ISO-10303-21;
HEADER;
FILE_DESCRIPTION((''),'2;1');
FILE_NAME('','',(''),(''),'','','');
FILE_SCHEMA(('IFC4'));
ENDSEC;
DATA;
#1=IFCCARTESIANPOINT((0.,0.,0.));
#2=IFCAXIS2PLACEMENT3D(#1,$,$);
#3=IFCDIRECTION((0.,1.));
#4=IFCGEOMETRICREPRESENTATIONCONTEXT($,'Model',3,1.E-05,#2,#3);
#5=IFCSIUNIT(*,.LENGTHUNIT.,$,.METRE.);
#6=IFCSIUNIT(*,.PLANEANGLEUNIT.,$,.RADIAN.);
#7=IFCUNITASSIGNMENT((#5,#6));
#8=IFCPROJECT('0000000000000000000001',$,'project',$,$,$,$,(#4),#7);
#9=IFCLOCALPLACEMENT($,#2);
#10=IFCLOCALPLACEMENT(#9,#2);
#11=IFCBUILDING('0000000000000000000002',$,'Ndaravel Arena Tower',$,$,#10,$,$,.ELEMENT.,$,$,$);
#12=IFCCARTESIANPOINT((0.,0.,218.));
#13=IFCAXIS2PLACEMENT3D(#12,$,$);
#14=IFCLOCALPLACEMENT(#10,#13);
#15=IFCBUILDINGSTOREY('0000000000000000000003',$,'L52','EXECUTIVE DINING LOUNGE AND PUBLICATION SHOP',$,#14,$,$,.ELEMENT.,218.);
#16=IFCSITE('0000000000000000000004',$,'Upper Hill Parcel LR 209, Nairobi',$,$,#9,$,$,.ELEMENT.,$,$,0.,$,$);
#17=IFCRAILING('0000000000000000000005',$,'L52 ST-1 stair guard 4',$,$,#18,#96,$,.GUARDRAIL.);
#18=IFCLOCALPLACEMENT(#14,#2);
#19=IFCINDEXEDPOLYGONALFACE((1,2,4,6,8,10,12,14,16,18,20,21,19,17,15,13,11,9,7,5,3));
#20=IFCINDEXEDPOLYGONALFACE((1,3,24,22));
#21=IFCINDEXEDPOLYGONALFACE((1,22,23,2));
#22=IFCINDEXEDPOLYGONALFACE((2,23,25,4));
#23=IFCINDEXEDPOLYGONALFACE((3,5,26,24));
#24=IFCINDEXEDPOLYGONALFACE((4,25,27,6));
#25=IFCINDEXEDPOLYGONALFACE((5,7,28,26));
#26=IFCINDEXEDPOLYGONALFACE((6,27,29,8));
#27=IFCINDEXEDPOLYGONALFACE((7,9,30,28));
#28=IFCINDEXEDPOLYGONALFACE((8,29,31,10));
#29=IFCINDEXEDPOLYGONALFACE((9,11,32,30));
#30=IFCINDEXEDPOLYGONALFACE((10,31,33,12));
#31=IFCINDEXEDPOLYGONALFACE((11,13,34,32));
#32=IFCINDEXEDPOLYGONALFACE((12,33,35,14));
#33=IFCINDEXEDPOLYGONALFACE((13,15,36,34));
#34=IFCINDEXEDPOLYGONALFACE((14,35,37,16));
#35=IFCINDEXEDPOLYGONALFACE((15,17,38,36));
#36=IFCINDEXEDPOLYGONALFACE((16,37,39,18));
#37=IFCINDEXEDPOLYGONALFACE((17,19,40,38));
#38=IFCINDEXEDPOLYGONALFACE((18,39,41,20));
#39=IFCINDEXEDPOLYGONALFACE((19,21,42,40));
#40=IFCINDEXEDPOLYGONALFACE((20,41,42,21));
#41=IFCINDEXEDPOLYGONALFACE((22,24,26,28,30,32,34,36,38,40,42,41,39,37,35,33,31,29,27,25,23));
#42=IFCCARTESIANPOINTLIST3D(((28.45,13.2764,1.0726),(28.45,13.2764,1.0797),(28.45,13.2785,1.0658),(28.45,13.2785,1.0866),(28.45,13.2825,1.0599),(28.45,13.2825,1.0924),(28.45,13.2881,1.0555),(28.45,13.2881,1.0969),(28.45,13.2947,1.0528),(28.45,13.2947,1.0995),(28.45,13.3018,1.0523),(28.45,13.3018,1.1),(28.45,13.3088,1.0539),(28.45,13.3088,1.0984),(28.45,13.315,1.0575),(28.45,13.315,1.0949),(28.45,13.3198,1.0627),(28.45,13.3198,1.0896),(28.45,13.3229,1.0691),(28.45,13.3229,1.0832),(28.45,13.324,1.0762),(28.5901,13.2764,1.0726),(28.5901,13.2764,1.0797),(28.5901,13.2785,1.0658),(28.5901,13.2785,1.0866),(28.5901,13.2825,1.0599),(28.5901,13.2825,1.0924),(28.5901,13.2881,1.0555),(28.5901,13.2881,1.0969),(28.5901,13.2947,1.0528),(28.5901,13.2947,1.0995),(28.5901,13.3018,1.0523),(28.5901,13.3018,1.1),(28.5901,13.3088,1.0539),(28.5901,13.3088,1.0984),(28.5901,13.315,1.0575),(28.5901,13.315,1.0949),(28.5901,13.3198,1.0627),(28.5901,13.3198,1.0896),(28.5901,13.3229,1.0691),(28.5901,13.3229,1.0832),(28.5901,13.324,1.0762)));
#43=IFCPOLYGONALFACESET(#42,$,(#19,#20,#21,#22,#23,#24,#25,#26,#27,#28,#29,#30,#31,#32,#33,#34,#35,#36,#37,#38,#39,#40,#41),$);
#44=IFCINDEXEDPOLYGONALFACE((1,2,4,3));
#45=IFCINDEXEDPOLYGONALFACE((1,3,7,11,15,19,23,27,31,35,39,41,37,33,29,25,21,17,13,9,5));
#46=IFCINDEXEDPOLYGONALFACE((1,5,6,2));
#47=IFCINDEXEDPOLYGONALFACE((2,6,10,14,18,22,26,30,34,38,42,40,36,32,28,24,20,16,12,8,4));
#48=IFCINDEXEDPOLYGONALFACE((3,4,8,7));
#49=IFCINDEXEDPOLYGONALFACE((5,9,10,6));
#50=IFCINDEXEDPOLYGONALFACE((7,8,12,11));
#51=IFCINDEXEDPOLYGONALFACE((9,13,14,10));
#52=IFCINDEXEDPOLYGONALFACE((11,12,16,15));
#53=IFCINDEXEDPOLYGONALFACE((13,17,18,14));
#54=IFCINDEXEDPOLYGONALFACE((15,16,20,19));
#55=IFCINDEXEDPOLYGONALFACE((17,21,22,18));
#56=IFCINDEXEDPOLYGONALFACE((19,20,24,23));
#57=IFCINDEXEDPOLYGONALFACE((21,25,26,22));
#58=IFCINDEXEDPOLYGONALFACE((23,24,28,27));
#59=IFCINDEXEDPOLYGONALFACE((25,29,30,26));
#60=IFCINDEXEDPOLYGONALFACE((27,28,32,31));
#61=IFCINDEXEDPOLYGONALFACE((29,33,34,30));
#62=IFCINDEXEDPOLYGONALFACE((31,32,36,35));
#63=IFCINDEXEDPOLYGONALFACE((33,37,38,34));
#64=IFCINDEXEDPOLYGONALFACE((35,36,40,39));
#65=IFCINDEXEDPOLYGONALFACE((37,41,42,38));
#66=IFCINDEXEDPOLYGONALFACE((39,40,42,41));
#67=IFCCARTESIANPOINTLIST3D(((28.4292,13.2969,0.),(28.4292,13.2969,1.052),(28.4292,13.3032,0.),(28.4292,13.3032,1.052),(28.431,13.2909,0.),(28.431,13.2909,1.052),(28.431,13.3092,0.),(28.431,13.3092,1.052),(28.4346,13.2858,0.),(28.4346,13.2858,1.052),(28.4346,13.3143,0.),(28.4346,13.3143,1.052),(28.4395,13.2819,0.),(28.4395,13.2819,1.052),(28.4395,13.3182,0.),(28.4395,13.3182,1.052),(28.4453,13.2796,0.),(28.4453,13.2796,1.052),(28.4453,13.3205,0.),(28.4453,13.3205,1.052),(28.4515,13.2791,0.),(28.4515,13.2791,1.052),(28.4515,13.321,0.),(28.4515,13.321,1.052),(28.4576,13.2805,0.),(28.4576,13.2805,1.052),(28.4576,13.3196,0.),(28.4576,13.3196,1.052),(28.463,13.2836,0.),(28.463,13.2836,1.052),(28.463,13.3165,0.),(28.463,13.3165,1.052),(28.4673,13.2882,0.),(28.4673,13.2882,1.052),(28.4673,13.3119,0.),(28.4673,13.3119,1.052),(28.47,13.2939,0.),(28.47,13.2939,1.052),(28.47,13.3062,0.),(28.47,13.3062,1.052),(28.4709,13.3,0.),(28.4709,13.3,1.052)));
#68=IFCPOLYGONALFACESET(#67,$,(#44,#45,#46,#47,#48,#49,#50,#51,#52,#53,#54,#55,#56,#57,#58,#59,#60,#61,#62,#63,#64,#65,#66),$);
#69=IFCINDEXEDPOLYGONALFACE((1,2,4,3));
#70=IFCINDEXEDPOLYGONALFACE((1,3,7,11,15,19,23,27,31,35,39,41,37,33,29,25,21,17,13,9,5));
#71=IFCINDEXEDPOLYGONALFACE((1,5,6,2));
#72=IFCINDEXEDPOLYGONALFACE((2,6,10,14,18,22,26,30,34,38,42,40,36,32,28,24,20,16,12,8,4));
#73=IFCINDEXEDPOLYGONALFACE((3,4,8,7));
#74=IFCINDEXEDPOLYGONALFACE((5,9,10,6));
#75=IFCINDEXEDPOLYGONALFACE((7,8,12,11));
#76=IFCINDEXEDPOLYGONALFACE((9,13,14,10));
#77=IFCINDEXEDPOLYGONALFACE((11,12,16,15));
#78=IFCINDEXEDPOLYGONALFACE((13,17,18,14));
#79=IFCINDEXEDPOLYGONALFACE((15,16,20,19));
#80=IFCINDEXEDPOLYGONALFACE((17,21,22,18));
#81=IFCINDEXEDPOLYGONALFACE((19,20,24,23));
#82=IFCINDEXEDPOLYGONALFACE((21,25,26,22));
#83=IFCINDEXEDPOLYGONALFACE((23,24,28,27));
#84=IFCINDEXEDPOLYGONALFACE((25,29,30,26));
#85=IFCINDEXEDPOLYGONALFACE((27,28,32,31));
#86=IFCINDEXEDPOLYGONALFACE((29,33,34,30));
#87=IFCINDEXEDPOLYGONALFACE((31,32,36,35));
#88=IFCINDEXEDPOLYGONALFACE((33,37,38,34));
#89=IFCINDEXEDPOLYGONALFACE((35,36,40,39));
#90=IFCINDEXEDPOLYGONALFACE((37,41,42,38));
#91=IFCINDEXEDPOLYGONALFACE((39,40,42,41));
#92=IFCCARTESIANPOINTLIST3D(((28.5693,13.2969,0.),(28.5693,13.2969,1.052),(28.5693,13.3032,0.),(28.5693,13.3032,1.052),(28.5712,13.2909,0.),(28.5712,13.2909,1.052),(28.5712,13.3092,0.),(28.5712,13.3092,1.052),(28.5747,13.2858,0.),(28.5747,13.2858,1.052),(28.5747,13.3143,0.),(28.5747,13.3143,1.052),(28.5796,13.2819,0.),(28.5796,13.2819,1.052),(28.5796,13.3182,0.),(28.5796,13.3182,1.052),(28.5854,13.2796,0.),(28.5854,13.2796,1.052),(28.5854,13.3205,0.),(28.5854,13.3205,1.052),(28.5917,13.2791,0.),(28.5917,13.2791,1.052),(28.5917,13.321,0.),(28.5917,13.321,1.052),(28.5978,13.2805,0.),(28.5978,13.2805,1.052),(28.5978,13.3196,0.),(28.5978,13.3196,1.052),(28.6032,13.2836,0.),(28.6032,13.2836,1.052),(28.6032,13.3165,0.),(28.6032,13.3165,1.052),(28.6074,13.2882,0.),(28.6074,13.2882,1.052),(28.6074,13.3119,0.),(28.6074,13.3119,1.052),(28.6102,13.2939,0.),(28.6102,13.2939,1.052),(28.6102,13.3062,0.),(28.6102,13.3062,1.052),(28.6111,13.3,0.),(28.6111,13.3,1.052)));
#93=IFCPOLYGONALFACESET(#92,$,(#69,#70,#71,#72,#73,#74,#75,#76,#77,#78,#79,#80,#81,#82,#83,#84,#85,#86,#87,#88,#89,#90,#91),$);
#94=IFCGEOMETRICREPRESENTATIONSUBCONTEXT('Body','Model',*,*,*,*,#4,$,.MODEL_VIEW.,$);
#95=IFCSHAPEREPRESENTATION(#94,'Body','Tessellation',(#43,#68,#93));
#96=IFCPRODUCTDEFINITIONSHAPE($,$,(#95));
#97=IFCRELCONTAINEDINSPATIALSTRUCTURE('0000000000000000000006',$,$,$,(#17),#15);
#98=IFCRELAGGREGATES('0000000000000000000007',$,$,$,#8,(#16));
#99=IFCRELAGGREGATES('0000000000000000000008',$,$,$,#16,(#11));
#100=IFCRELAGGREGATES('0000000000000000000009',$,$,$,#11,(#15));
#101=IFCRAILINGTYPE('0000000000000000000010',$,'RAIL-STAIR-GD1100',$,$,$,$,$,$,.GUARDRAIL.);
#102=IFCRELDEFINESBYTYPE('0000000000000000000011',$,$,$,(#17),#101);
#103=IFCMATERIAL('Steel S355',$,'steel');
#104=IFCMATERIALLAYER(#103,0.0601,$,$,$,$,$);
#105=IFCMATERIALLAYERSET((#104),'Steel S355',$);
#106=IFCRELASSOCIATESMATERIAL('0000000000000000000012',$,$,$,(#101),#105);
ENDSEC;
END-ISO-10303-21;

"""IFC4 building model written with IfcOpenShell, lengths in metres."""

from ifc_helpers import new_model, si_unit, direction, frame, origin, origin_2d, place, context, subcontext, project, spatial, circle, extrude, material, layer, layer_set, type_object, element, save


model = new_model("IFC4")

# Units and contexts
model_context = context("Model", 3, precision=1e-05, world=origin(), true_north=direction((0.0, 1.0)))
body_context = subcontext(model_context, "Body", "Model", "MODEL_VIEW")
ifc_project = project(units=[si_unit("LENGTHUNIT", "METRE"), si_unit("PLANEANGLEUNIT", "RADIAN")], contexts=[model_context])

# Site, building, storey
site_placement = place(None, origin())
site = spatial("IfcSite", under=ifc_project, at=site_placement, Name="Upper Hill Parcel LR 209, Nairobi", CompositionType="ELEMENT", RefElevation=0.0)
building_placement = place(site_placement, origin())
building = spatial("IfcBuilding", under=site, at=building_placement, Name="Ndaravel Arena Tower", CompositionType="ELEMENT")
storey_placement = place(building_placement, frame((0.0, 0.0, 218.0)))
storey = spatial("IfcBuildingStorey", under=building, at=storey_placement, Name="L52", Description="EXECUTIVE DINING LOUNGE AND PUBLICATION SHOP", CompositionType="ELEMENT", Elevation=218.0)

# Railing
ifc_material_1 = material(Name="Steel S355", Category="steel")
ifc_layer_1 = layer(ifc_material_1, 0.0601)
ifc_layer_set_1 = layer_set([ifc_layer_1], Name="Steel S355")
railing_type = type_object("IfcRailingType", Name="RAIL-STAIR-GD1100", PredefinedType="GUARDRAIL", material=ifc_layer_set_1)
railing_placement = place(storey_placement, frame((28.45, 13.3, 0.0)))
element("IfcRailing", 1, at=railing_placement, inside=storey, type_object=railing_type, Name="L52 ST-1 stair guard 4", PredefinedType="GUARDRAIL", context=body_context, shape_type="SweptSolid", body=[
    extrude(circle(Radius=0.0239, at=origin_2d()), frame((0.0, 0.0, 1.0762), z_axis=(1.0, 0.0, 0.0), x_axis=(0.0, 1.0, 0.0)), (0.0, 0.0, 1.0), 0.1401),
    extrude(circle(Radius=0.021, at=origin_2d()), origin(), (0.0, 0.0, 1.0), 1.052),
    extrude(circle(Radius=0.021, at=origin_2d()), frame((0.1401, 0.0, 0.0)), (0.0, 0.0, 1.0), 1.052),
])

save(model, "model.ifc")
